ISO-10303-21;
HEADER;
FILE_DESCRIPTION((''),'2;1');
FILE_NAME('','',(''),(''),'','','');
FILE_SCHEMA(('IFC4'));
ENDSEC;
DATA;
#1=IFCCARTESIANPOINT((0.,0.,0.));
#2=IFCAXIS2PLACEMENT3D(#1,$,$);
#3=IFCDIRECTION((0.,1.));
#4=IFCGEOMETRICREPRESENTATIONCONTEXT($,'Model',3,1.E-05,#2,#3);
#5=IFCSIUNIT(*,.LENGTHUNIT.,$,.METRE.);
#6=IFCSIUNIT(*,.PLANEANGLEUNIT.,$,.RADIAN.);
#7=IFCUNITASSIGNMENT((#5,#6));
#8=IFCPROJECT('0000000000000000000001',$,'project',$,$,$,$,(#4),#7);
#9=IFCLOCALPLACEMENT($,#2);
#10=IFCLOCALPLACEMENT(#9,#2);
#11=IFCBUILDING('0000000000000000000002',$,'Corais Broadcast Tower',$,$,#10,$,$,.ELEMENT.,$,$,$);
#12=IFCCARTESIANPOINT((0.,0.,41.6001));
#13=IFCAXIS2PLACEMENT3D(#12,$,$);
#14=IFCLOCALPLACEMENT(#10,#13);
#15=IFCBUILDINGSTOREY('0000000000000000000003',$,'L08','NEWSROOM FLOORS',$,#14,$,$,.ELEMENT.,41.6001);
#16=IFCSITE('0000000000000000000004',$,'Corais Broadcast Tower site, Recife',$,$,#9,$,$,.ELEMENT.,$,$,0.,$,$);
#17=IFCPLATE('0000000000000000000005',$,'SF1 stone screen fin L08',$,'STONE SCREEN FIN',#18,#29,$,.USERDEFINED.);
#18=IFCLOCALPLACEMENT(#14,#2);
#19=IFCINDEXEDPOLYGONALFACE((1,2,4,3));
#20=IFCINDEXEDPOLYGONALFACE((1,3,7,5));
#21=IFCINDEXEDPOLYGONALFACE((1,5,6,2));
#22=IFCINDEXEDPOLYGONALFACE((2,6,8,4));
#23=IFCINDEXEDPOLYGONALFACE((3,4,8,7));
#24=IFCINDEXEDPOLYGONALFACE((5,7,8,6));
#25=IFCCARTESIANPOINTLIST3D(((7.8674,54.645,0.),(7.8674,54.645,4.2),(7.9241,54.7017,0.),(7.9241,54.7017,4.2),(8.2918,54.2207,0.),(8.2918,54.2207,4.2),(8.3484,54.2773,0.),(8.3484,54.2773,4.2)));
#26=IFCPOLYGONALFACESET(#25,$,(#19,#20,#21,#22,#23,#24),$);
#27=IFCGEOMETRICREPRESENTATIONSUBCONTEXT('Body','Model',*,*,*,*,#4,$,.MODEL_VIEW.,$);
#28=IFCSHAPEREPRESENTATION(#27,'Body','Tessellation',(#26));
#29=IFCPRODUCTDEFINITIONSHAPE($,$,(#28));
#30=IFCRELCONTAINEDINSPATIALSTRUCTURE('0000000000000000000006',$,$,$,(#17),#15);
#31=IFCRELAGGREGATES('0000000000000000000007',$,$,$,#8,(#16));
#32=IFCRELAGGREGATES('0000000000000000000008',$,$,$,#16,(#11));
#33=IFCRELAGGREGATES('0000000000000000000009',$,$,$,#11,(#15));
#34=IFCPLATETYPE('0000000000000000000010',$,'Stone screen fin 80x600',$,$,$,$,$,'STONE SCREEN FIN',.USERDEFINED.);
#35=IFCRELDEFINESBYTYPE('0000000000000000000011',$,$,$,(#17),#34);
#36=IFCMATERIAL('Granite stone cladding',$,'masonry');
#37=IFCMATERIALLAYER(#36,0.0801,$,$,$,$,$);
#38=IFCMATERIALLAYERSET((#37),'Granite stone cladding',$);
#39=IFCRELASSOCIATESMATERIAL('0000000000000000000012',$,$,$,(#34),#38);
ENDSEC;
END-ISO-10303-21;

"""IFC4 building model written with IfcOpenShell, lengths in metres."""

from ifc_helpers import new_model, si_unit, direction, frame, origin, origin_2d, place, context, subcontext, project, spatial, rectangle, extrude, material, layer, layer_set, type_object, element, save


model = new_model("IFC4")

# Units and contexts
model_context = context("Model", 3, precision=1e-05, world=origin(), true_north=direction((0.0, 1.0)))
body_context = subcontext(model_context, "Body", "Model", "MODEL_VIEW")
ifc_project = project(units=[si_unit("LENGTHUNIT", "METRE"), si_unit("PLANEANGLEUNIT", "RADIAN")], contexts=[model_context])

# Site, building, storey
site_placement = place(None, origin())
site = spatial("IfcSite", under=ifc_project, at=site_placement, Name="Corais Broadcast Tower site, Recife", CompositionType="ELEMENT", RefElevation=0.0)
building_placement = place(site_placement, origin())
building = spatial("IfcBuilding", under=site, at=building_placement, Name="Corais Broadcast Tower", CompositionType="ELEMENT")
storey_placement = place(building_placement, frame((0.0, 0.0, 41.6001)))
storey = spatial("IfcBuildingStorey", under=building, at=storey_placement, Name="L08", Description="NEWSROOM FLOORS", CompositionType="ELEMENT", Elevation=41.6001)

# Plate
ifc_material_1 = material(Name="Granite stone cladding", Category="masonry")
ifc_layer_1 = layer(ifc_material_1, 0.0801)
ifc_layer_set_1 = layer_set([ifc_layer_1], Name="Granite stone cladding")
plate_type_1 = type_object("IfcPlateType", Name="Stone screen fin 80x600", ElementType="STONE SCREEN FIN", PredefinedType="USERDEFINED", material=ifc_layer_set_1)
for number, where, z_axis, x_axis, name in (
    (1, (8.1079, 54.4612, 0.0), (0.0, 0.0, 1.0), (0.707107, 0.707107, 0.0), "SF1 stone screen fin L08"),
):
    element("IfcPlate", number, at=place(storey_placement, frame(where, z_axis=z_axis, x_axis=x_axis)), inside=storey, type_object=plate_type_1, Name=name, ObjectType="STONE SCREEN FIN", PredefinedType="USERDEFINED", context=body_context, shape_type="SweptSolid", body=[
        extrude(rectangle(XDim=0.0801, YDim=0.6001, at=origin_2d()), origin(), (0.0, 0.0, 1.0), 4.2),
    ])

save(model, "model.ifc")
